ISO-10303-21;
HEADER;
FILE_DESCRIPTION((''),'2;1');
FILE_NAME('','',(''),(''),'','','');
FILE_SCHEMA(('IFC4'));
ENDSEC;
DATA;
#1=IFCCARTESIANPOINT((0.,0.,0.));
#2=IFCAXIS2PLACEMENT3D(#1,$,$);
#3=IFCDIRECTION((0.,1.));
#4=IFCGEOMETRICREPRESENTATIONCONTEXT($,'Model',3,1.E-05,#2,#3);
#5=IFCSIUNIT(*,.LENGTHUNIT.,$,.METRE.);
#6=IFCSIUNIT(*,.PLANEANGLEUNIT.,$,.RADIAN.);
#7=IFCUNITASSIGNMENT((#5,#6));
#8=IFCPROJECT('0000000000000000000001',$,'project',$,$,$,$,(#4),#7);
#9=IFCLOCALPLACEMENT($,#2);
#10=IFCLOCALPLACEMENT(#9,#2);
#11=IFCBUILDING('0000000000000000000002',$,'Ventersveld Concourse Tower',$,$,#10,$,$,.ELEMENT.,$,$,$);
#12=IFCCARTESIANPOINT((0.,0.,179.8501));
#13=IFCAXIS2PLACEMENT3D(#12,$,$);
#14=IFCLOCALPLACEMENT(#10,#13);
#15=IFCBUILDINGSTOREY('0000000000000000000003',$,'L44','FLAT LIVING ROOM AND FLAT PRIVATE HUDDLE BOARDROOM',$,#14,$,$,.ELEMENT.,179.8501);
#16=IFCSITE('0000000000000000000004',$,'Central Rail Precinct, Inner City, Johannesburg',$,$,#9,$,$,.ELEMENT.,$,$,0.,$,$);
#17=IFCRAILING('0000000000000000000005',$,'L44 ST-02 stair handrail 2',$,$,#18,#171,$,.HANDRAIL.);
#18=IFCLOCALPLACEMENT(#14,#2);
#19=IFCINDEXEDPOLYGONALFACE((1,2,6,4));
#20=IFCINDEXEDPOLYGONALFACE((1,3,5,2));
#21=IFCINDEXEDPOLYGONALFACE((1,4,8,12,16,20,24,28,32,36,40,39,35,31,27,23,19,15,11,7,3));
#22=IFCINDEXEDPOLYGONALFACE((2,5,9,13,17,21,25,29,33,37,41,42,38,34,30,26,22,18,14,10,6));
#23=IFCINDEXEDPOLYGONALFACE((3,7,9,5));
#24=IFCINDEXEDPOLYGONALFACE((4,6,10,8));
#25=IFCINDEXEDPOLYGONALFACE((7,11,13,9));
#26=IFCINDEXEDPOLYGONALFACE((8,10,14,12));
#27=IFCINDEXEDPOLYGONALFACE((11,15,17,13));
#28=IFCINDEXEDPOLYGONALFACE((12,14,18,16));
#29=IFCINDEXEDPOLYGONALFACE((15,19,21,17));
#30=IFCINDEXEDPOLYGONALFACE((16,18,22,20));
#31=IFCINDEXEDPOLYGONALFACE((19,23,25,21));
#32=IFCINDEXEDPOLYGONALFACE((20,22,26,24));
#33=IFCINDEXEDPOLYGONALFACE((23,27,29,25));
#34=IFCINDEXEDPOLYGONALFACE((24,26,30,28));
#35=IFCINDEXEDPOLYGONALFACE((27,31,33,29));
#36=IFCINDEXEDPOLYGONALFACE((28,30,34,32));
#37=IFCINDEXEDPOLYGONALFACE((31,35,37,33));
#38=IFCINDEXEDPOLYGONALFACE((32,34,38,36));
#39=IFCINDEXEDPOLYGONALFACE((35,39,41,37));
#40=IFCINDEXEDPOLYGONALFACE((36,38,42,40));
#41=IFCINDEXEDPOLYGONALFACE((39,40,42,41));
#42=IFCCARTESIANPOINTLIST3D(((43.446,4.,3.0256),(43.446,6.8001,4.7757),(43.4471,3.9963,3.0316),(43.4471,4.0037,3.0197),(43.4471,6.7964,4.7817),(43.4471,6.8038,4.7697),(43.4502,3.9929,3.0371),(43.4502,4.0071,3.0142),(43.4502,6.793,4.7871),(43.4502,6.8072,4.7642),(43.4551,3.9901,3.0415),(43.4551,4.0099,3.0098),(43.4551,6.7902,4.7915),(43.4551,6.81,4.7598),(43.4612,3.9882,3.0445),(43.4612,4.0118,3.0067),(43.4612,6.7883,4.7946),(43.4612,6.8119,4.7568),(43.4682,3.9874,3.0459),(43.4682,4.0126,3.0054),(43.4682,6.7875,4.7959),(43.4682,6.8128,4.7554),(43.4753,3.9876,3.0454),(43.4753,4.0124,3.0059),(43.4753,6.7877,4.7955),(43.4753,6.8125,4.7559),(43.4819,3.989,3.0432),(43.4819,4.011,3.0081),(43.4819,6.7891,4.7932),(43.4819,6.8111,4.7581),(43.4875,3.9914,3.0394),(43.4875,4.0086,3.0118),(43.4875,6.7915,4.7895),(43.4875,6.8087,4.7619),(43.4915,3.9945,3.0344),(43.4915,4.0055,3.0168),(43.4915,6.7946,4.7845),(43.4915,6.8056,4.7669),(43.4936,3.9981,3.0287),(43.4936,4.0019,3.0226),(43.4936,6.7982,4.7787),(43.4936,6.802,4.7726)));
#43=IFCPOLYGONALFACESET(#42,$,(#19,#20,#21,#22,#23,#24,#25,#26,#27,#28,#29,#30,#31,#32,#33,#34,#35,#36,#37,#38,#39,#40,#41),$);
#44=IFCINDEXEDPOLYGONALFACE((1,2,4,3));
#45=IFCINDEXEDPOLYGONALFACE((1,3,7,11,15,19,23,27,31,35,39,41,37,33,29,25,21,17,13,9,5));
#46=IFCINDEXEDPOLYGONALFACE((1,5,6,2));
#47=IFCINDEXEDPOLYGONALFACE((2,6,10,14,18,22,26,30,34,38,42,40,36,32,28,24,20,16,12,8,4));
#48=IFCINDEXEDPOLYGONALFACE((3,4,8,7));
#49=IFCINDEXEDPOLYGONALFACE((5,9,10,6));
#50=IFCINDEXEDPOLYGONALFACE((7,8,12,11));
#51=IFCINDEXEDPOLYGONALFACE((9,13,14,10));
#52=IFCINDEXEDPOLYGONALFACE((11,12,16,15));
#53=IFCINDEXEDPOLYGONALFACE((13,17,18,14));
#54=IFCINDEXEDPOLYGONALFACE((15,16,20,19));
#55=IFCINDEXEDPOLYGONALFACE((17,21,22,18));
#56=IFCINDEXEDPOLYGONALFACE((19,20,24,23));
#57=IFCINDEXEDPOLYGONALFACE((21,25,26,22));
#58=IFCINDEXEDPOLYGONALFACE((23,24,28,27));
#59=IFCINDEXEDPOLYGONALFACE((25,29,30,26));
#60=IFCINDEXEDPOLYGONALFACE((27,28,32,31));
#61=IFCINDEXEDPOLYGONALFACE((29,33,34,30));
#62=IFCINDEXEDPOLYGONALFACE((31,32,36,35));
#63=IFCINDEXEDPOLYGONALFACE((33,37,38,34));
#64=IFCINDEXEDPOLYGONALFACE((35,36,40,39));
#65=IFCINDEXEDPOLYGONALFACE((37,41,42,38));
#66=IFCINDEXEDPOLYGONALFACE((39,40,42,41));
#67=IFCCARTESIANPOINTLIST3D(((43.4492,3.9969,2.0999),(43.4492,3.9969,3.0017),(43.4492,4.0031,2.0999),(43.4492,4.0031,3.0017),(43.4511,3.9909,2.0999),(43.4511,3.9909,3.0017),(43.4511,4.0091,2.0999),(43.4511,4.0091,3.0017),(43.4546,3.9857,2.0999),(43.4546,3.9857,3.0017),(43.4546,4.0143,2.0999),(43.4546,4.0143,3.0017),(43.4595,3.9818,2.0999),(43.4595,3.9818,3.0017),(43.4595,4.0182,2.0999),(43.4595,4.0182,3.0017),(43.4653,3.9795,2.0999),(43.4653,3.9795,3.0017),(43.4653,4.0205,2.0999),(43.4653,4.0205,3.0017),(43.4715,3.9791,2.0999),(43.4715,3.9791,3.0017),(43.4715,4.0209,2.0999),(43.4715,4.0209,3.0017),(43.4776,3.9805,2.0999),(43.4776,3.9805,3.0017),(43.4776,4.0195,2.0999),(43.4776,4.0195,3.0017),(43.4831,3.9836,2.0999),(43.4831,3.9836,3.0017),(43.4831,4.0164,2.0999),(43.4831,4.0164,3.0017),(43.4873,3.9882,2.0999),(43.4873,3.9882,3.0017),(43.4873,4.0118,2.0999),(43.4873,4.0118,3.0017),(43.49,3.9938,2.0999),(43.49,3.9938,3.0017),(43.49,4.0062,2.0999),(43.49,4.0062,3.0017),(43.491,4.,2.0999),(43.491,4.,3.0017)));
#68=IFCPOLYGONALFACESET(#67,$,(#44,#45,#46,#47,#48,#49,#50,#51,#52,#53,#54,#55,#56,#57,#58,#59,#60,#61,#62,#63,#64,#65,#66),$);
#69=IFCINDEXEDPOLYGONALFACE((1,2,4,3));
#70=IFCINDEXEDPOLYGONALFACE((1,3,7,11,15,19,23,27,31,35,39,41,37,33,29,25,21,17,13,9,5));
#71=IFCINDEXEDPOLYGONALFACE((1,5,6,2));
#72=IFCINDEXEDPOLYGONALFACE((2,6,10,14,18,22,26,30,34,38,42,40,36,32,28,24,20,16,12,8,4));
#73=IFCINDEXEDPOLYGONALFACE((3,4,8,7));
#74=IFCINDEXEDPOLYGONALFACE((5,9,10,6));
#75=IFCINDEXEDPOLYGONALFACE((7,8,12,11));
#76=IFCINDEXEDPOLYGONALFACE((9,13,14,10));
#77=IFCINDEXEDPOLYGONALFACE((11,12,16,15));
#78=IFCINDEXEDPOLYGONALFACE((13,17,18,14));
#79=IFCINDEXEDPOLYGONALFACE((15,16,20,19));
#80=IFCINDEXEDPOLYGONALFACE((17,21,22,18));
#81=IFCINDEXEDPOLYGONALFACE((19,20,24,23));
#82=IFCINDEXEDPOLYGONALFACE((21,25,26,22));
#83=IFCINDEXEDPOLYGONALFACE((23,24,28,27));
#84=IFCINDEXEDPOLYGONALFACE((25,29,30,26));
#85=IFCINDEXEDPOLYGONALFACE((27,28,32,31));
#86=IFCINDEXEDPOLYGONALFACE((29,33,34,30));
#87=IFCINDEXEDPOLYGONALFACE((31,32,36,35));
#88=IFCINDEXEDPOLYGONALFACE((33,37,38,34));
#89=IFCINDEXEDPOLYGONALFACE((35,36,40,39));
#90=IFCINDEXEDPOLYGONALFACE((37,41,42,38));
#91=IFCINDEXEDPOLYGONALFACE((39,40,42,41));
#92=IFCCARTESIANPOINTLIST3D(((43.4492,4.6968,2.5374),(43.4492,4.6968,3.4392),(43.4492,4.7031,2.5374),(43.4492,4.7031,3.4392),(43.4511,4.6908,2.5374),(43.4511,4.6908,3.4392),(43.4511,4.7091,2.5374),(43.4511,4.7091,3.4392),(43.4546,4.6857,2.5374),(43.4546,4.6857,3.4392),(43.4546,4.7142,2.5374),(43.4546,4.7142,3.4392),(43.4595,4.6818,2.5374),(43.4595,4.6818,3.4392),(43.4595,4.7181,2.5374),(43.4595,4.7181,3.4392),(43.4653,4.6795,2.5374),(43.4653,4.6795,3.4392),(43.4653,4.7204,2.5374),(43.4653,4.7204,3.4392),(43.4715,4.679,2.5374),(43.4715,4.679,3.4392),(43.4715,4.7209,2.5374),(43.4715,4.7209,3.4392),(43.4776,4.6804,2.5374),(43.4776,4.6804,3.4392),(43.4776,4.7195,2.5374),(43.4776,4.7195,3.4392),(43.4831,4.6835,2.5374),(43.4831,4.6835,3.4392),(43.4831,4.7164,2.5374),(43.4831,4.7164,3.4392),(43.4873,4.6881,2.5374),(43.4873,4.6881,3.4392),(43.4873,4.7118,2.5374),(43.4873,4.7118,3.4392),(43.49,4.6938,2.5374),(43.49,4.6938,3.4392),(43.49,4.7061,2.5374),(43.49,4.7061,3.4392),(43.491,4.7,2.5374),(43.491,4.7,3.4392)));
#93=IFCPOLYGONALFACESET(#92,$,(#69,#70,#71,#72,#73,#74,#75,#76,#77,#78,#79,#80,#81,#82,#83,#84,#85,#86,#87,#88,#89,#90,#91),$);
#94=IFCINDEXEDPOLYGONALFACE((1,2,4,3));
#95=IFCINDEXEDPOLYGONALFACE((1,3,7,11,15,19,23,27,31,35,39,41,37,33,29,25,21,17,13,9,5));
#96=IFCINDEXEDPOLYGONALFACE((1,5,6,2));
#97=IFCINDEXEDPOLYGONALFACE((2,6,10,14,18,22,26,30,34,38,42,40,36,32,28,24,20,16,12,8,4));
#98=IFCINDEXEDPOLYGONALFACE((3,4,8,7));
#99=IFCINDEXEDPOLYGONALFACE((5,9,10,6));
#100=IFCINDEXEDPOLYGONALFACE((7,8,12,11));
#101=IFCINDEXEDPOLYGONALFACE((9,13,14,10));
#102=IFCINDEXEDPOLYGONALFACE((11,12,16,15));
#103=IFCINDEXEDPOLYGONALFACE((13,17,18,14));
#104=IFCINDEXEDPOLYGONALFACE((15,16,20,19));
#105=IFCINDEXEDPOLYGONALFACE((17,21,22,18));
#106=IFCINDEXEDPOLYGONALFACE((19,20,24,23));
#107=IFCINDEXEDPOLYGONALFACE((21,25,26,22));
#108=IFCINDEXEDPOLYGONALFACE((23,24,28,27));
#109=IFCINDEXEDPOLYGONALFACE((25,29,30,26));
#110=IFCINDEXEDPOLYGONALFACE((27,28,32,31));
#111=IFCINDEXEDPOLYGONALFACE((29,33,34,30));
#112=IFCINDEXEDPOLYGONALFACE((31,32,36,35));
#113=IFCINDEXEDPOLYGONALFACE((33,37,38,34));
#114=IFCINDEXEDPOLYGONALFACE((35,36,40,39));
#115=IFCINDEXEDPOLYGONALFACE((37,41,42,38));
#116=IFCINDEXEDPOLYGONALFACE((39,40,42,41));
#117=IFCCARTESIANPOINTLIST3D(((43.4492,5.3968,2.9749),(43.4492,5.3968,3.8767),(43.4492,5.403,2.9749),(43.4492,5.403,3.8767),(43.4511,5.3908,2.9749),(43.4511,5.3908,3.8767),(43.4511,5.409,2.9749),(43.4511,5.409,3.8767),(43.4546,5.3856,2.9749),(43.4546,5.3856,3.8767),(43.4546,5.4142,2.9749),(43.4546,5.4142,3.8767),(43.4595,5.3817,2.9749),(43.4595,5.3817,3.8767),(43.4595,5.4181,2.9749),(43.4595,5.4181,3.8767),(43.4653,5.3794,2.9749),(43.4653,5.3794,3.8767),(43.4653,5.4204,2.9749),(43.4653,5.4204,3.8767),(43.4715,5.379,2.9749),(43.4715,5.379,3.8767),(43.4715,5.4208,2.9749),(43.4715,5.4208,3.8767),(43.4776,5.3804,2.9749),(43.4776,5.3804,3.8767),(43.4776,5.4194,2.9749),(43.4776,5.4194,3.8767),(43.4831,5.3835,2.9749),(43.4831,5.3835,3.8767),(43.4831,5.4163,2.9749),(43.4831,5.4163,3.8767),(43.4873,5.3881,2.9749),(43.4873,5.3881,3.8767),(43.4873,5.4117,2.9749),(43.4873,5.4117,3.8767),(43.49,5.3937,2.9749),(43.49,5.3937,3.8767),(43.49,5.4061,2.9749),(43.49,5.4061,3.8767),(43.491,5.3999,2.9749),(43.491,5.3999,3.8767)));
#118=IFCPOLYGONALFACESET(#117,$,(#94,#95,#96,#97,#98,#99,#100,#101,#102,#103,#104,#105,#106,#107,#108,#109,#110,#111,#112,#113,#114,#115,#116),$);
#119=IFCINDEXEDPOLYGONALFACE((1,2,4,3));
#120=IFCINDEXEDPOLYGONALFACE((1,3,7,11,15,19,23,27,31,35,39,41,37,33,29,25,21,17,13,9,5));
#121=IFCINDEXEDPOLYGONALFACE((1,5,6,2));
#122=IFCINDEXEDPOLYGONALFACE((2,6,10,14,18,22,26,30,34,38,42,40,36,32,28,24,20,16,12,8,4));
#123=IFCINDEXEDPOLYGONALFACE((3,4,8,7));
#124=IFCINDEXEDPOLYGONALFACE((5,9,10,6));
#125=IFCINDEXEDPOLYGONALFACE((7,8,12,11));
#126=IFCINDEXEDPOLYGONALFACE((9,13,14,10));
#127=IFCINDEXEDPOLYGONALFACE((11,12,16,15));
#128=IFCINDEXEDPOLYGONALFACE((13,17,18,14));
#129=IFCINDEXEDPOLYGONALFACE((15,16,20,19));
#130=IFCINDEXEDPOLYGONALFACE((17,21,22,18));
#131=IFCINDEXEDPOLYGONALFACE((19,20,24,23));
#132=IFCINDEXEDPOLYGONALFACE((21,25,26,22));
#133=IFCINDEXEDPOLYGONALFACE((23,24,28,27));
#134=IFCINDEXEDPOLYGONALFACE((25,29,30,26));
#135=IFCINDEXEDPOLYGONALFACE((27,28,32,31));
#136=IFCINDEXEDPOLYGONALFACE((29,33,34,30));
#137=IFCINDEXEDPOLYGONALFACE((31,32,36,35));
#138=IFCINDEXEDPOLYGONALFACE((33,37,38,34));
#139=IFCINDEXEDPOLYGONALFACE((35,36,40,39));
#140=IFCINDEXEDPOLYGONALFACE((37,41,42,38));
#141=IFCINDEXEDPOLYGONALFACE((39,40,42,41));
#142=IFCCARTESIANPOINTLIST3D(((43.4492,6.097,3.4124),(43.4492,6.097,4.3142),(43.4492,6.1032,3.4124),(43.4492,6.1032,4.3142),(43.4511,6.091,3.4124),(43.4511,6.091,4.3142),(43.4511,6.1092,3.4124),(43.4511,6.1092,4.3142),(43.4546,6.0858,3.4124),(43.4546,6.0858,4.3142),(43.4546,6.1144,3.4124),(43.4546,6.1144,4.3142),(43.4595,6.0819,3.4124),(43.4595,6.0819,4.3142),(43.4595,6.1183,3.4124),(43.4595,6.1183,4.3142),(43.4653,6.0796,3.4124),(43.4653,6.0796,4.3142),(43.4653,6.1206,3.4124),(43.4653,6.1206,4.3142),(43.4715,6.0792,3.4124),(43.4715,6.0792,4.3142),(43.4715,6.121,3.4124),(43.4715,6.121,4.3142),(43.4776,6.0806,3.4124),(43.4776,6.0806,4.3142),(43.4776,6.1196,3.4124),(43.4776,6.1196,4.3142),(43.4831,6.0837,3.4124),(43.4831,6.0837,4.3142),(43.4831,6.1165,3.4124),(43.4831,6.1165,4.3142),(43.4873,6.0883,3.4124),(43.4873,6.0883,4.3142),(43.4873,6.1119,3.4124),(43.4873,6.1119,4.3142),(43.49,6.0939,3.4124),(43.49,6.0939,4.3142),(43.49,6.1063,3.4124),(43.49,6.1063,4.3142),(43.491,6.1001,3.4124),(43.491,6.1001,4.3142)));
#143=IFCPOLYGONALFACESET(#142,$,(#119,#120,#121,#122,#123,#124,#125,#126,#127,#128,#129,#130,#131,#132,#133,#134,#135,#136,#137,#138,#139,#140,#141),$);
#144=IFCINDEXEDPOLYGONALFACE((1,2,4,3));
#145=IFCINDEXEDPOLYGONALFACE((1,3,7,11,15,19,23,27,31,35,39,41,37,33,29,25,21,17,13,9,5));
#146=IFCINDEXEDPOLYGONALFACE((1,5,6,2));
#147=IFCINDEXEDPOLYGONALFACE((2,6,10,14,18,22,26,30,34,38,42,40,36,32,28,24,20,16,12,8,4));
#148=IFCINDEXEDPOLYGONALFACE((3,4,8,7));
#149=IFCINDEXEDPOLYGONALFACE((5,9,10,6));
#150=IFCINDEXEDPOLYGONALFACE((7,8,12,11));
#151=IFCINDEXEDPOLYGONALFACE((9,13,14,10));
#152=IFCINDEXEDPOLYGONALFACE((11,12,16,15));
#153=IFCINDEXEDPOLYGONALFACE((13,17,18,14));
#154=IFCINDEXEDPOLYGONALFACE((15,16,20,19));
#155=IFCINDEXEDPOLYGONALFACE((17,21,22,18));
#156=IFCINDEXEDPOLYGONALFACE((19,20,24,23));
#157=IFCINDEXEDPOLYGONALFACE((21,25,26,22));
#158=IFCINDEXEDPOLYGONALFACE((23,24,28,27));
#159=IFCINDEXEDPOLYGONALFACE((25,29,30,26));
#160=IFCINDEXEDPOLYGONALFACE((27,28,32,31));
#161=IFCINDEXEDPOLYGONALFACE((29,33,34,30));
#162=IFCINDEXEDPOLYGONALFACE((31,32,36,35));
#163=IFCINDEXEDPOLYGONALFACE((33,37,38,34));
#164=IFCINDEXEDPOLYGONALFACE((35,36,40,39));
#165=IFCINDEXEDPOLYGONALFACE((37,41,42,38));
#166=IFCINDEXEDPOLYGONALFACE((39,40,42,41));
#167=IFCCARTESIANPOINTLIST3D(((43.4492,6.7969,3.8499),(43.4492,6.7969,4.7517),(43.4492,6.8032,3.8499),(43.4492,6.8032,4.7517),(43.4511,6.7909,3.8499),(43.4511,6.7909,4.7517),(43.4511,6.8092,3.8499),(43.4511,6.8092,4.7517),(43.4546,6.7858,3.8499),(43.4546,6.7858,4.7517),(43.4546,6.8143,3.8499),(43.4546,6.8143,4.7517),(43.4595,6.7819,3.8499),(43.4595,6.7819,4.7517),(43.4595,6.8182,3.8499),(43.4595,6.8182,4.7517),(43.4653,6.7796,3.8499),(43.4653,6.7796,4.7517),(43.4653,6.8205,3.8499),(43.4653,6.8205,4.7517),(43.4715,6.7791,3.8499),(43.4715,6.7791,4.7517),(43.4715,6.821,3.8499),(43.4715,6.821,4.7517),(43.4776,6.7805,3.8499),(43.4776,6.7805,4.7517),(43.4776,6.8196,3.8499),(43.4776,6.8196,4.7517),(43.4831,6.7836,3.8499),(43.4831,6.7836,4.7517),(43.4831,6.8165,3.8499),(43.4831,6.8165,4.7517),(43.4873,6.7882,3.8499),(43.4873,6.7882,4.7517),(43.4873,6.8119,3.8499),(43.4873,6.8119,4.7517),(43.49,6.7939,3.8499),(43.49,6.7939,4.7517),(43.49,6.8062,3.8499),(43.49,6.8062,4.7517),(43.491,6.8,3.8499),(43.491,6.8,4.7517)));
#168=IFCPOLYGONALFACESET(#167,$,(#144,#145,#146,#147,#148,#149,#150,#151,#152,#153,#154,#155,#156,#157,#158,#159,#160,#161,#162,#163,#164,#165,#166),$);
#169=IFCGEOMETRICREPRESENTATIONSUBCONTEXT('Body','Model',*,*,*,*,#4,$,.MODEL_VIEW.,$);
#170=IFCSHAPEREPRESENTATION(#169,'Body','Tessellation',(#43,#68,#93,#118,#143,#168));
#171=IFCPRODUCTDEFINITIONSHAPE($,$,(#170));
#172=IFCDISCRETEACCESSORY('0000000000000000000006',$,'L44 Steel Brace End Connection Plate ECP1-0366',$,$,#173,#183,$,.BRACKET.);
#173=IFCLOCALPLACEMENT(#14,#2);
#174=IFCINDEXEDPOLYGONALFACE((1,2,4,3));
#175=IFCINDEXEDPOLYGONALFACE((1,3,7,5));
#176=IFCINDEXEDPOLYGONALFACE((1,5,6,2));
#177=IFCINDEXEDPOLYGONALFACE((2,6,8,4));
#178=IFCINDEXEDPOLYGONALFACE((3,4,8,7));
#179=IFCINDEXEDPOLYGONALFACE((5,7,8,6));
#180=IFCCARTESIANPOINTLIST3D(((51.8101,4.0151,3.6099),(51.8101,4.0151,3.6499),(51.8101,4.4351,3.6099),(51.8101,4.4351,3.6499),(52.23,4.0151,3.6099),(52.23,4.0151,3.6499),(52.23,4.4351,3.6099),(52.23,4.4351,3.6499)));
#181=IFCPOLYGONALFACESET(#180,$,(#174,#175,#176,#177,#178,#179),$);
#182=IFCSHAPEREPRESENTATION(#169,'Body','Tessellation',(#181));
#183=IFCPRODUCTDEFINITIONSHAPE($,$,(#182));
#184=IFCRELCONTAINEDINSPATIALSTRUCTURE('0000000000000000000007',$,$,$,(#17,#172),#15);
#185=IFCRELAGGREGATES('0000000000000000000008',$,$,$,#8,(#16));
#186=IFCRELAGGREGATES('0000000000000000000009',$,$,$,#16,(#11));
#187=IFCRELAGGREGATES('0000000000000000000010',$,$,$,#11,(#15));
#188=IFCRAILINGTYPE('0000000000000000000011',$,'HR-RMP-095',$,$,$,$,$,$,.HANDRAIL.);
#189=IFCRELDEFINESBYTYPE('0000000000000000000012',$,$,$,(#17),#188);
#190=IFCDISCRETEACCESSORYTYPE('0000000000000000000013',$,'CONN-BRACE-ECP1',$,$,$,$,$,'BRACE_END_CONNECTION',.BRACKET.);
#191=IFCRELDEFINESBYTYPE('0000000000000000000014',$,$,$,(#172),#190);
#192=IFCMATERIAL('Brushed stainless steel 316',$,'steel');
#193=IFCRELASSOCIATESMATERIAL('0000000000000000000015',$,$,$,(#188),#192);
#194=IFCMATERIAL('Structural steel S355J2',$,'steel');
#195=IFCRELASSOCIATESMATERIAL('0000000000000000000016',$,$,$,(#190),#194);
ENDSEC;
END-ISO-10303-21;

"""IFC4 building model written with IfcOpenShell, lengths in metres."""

from ifc_helpers import new_model, si_unit, direction, frame, origin, origin_2d, place, context, subcontext, project, spatial, rectangle, circle, extrude, material, type_object, element, save


model = new_model("IFC4")

# Units and contexts
model_context = context("Model", 3, precision=1e-05, world=origin(), true_north=direction((0.0, 1.0)))
body_context = subcontext(model_context, "Body", "Model", "MODEL_VIEW")
ifc_project = project(units=[si_unit("LENGTHUNIT", "METRE"), si_unit("PLANEANGLEUNIT", "RADIAN")], contexts=[model_context])

# Site, building, storey
site_placement = place(None, origin())
site = spatial("IfcSite", under=ifc_project, at=site_placement, Name="Central Rail Precinct, Inner City, Johannesburg", CompositionType="ELEMENT", RefElevation=0.0)
building_placement = place(site_placement, origin())
building = spatial("IfcBuilding", under=site, at=building_placement, Name="Ventersveld Concourse Tower", CompositionType="ELEMENT")
storey_placement = place(building_placement, frame((0.0, 0.0, 179.8501)))
storey = spatial("IfcBuildingStorey", under=building, at=storey_placement, Name="L44", Description="FLAT LIVING ROOM AND FLAT PRIVATE HUDDLE BOARDROOM", CompositionType="ELEMENT", Elevation=179.8501)

# Shared definitions
ifc_material_1 = material(Name="Structural steel S355J2", Category="steel")

# Railing
ifc_material_2 = material(Name="Brushed stainless steel 316", Category="steel")
railing_type = type_object("IfcRailingType", Name="HR-RMP-095", PredefinedType="HANDRAIL", material=ifc_material_2)
railing_placement = place(storey_placement, frame((43.47, 4.0, 2.0999)))
element("IfcRailing", 1, at=railing_placement, inside=storey, type_object=railing_type, Name="L44 ST-02 stair handrail 2", PredefinedType="HANDRAIL", context=body_context, shape_type="SweptSolid", body=[
    extrude(circle(Radius=0.0239, at=origin_2d()), frame((0.0, 0.0, 0.9258), z_axis=(0.0, 0.848002, 0.529992), x_axis=(-1.0, 0.0, 0.0)), (0.0, 0.0, 1.0), 3.302),
    extrude(circle(Radius=0.021, at=origin_2d()), origin(), (0.0, 0.0, 1.0), 0.9019),
    extrude(circle(Radius=0.021, at=origin_2d()), frame((0.0, 0.7, 0.4375)), (0.0, 0.0, 1.0), 0.9019),
    extrude(circle(Radius=0.021, at=origin_2d()), frame((0.0, 1.3999, 0.875)), (0.0, 0.0, 1.0), 0.9019),
    extrude(circle(Radius=0.021, at=origin_2d()), frame((0.0, 2.1001, 1.3125)), (0.0, 0.0, 1.0), 0.9019),
    extrude(circle(Radius=0.021, at=origin_2d()), frame((0.0, 2.8, 1.75)), (0.0, 0.0, 1.0), 0.9019),
])

# Discrete accessory
discrete_accessory_type = type_object("IfcDiscreteAccessoryType", Name="CONN-BRACE-ECP1", ElementType="BRACE_END_CONNECTION", PredefinedType="BRACKET", material=ifc_material_1)
discrete_accessory_placement = place(storey_placement, frame((52.02, 4.2251, 3.6099), z_axis=(0.0, 0.0, 1.0), x_axis=(1.0, 0.0, 0.0)))
element("IfcDiscreteAccessory", 2, at=discrete_accessory_placement, inside=storey, type_object=discrete_accessory_type, Name="L44 Steel Brace End Connection Plate ECP1-0366", PredefinedType="BRACKET", context=body_context, shape_type="SweptSolid", body=[
    extrude(rectangle(XDim=0.4199, YDim=0.4199, at=origin_2d()), origin(), (0.0, 0.0, 1.0), 0.04),
])

save(model, "model.ifc")
